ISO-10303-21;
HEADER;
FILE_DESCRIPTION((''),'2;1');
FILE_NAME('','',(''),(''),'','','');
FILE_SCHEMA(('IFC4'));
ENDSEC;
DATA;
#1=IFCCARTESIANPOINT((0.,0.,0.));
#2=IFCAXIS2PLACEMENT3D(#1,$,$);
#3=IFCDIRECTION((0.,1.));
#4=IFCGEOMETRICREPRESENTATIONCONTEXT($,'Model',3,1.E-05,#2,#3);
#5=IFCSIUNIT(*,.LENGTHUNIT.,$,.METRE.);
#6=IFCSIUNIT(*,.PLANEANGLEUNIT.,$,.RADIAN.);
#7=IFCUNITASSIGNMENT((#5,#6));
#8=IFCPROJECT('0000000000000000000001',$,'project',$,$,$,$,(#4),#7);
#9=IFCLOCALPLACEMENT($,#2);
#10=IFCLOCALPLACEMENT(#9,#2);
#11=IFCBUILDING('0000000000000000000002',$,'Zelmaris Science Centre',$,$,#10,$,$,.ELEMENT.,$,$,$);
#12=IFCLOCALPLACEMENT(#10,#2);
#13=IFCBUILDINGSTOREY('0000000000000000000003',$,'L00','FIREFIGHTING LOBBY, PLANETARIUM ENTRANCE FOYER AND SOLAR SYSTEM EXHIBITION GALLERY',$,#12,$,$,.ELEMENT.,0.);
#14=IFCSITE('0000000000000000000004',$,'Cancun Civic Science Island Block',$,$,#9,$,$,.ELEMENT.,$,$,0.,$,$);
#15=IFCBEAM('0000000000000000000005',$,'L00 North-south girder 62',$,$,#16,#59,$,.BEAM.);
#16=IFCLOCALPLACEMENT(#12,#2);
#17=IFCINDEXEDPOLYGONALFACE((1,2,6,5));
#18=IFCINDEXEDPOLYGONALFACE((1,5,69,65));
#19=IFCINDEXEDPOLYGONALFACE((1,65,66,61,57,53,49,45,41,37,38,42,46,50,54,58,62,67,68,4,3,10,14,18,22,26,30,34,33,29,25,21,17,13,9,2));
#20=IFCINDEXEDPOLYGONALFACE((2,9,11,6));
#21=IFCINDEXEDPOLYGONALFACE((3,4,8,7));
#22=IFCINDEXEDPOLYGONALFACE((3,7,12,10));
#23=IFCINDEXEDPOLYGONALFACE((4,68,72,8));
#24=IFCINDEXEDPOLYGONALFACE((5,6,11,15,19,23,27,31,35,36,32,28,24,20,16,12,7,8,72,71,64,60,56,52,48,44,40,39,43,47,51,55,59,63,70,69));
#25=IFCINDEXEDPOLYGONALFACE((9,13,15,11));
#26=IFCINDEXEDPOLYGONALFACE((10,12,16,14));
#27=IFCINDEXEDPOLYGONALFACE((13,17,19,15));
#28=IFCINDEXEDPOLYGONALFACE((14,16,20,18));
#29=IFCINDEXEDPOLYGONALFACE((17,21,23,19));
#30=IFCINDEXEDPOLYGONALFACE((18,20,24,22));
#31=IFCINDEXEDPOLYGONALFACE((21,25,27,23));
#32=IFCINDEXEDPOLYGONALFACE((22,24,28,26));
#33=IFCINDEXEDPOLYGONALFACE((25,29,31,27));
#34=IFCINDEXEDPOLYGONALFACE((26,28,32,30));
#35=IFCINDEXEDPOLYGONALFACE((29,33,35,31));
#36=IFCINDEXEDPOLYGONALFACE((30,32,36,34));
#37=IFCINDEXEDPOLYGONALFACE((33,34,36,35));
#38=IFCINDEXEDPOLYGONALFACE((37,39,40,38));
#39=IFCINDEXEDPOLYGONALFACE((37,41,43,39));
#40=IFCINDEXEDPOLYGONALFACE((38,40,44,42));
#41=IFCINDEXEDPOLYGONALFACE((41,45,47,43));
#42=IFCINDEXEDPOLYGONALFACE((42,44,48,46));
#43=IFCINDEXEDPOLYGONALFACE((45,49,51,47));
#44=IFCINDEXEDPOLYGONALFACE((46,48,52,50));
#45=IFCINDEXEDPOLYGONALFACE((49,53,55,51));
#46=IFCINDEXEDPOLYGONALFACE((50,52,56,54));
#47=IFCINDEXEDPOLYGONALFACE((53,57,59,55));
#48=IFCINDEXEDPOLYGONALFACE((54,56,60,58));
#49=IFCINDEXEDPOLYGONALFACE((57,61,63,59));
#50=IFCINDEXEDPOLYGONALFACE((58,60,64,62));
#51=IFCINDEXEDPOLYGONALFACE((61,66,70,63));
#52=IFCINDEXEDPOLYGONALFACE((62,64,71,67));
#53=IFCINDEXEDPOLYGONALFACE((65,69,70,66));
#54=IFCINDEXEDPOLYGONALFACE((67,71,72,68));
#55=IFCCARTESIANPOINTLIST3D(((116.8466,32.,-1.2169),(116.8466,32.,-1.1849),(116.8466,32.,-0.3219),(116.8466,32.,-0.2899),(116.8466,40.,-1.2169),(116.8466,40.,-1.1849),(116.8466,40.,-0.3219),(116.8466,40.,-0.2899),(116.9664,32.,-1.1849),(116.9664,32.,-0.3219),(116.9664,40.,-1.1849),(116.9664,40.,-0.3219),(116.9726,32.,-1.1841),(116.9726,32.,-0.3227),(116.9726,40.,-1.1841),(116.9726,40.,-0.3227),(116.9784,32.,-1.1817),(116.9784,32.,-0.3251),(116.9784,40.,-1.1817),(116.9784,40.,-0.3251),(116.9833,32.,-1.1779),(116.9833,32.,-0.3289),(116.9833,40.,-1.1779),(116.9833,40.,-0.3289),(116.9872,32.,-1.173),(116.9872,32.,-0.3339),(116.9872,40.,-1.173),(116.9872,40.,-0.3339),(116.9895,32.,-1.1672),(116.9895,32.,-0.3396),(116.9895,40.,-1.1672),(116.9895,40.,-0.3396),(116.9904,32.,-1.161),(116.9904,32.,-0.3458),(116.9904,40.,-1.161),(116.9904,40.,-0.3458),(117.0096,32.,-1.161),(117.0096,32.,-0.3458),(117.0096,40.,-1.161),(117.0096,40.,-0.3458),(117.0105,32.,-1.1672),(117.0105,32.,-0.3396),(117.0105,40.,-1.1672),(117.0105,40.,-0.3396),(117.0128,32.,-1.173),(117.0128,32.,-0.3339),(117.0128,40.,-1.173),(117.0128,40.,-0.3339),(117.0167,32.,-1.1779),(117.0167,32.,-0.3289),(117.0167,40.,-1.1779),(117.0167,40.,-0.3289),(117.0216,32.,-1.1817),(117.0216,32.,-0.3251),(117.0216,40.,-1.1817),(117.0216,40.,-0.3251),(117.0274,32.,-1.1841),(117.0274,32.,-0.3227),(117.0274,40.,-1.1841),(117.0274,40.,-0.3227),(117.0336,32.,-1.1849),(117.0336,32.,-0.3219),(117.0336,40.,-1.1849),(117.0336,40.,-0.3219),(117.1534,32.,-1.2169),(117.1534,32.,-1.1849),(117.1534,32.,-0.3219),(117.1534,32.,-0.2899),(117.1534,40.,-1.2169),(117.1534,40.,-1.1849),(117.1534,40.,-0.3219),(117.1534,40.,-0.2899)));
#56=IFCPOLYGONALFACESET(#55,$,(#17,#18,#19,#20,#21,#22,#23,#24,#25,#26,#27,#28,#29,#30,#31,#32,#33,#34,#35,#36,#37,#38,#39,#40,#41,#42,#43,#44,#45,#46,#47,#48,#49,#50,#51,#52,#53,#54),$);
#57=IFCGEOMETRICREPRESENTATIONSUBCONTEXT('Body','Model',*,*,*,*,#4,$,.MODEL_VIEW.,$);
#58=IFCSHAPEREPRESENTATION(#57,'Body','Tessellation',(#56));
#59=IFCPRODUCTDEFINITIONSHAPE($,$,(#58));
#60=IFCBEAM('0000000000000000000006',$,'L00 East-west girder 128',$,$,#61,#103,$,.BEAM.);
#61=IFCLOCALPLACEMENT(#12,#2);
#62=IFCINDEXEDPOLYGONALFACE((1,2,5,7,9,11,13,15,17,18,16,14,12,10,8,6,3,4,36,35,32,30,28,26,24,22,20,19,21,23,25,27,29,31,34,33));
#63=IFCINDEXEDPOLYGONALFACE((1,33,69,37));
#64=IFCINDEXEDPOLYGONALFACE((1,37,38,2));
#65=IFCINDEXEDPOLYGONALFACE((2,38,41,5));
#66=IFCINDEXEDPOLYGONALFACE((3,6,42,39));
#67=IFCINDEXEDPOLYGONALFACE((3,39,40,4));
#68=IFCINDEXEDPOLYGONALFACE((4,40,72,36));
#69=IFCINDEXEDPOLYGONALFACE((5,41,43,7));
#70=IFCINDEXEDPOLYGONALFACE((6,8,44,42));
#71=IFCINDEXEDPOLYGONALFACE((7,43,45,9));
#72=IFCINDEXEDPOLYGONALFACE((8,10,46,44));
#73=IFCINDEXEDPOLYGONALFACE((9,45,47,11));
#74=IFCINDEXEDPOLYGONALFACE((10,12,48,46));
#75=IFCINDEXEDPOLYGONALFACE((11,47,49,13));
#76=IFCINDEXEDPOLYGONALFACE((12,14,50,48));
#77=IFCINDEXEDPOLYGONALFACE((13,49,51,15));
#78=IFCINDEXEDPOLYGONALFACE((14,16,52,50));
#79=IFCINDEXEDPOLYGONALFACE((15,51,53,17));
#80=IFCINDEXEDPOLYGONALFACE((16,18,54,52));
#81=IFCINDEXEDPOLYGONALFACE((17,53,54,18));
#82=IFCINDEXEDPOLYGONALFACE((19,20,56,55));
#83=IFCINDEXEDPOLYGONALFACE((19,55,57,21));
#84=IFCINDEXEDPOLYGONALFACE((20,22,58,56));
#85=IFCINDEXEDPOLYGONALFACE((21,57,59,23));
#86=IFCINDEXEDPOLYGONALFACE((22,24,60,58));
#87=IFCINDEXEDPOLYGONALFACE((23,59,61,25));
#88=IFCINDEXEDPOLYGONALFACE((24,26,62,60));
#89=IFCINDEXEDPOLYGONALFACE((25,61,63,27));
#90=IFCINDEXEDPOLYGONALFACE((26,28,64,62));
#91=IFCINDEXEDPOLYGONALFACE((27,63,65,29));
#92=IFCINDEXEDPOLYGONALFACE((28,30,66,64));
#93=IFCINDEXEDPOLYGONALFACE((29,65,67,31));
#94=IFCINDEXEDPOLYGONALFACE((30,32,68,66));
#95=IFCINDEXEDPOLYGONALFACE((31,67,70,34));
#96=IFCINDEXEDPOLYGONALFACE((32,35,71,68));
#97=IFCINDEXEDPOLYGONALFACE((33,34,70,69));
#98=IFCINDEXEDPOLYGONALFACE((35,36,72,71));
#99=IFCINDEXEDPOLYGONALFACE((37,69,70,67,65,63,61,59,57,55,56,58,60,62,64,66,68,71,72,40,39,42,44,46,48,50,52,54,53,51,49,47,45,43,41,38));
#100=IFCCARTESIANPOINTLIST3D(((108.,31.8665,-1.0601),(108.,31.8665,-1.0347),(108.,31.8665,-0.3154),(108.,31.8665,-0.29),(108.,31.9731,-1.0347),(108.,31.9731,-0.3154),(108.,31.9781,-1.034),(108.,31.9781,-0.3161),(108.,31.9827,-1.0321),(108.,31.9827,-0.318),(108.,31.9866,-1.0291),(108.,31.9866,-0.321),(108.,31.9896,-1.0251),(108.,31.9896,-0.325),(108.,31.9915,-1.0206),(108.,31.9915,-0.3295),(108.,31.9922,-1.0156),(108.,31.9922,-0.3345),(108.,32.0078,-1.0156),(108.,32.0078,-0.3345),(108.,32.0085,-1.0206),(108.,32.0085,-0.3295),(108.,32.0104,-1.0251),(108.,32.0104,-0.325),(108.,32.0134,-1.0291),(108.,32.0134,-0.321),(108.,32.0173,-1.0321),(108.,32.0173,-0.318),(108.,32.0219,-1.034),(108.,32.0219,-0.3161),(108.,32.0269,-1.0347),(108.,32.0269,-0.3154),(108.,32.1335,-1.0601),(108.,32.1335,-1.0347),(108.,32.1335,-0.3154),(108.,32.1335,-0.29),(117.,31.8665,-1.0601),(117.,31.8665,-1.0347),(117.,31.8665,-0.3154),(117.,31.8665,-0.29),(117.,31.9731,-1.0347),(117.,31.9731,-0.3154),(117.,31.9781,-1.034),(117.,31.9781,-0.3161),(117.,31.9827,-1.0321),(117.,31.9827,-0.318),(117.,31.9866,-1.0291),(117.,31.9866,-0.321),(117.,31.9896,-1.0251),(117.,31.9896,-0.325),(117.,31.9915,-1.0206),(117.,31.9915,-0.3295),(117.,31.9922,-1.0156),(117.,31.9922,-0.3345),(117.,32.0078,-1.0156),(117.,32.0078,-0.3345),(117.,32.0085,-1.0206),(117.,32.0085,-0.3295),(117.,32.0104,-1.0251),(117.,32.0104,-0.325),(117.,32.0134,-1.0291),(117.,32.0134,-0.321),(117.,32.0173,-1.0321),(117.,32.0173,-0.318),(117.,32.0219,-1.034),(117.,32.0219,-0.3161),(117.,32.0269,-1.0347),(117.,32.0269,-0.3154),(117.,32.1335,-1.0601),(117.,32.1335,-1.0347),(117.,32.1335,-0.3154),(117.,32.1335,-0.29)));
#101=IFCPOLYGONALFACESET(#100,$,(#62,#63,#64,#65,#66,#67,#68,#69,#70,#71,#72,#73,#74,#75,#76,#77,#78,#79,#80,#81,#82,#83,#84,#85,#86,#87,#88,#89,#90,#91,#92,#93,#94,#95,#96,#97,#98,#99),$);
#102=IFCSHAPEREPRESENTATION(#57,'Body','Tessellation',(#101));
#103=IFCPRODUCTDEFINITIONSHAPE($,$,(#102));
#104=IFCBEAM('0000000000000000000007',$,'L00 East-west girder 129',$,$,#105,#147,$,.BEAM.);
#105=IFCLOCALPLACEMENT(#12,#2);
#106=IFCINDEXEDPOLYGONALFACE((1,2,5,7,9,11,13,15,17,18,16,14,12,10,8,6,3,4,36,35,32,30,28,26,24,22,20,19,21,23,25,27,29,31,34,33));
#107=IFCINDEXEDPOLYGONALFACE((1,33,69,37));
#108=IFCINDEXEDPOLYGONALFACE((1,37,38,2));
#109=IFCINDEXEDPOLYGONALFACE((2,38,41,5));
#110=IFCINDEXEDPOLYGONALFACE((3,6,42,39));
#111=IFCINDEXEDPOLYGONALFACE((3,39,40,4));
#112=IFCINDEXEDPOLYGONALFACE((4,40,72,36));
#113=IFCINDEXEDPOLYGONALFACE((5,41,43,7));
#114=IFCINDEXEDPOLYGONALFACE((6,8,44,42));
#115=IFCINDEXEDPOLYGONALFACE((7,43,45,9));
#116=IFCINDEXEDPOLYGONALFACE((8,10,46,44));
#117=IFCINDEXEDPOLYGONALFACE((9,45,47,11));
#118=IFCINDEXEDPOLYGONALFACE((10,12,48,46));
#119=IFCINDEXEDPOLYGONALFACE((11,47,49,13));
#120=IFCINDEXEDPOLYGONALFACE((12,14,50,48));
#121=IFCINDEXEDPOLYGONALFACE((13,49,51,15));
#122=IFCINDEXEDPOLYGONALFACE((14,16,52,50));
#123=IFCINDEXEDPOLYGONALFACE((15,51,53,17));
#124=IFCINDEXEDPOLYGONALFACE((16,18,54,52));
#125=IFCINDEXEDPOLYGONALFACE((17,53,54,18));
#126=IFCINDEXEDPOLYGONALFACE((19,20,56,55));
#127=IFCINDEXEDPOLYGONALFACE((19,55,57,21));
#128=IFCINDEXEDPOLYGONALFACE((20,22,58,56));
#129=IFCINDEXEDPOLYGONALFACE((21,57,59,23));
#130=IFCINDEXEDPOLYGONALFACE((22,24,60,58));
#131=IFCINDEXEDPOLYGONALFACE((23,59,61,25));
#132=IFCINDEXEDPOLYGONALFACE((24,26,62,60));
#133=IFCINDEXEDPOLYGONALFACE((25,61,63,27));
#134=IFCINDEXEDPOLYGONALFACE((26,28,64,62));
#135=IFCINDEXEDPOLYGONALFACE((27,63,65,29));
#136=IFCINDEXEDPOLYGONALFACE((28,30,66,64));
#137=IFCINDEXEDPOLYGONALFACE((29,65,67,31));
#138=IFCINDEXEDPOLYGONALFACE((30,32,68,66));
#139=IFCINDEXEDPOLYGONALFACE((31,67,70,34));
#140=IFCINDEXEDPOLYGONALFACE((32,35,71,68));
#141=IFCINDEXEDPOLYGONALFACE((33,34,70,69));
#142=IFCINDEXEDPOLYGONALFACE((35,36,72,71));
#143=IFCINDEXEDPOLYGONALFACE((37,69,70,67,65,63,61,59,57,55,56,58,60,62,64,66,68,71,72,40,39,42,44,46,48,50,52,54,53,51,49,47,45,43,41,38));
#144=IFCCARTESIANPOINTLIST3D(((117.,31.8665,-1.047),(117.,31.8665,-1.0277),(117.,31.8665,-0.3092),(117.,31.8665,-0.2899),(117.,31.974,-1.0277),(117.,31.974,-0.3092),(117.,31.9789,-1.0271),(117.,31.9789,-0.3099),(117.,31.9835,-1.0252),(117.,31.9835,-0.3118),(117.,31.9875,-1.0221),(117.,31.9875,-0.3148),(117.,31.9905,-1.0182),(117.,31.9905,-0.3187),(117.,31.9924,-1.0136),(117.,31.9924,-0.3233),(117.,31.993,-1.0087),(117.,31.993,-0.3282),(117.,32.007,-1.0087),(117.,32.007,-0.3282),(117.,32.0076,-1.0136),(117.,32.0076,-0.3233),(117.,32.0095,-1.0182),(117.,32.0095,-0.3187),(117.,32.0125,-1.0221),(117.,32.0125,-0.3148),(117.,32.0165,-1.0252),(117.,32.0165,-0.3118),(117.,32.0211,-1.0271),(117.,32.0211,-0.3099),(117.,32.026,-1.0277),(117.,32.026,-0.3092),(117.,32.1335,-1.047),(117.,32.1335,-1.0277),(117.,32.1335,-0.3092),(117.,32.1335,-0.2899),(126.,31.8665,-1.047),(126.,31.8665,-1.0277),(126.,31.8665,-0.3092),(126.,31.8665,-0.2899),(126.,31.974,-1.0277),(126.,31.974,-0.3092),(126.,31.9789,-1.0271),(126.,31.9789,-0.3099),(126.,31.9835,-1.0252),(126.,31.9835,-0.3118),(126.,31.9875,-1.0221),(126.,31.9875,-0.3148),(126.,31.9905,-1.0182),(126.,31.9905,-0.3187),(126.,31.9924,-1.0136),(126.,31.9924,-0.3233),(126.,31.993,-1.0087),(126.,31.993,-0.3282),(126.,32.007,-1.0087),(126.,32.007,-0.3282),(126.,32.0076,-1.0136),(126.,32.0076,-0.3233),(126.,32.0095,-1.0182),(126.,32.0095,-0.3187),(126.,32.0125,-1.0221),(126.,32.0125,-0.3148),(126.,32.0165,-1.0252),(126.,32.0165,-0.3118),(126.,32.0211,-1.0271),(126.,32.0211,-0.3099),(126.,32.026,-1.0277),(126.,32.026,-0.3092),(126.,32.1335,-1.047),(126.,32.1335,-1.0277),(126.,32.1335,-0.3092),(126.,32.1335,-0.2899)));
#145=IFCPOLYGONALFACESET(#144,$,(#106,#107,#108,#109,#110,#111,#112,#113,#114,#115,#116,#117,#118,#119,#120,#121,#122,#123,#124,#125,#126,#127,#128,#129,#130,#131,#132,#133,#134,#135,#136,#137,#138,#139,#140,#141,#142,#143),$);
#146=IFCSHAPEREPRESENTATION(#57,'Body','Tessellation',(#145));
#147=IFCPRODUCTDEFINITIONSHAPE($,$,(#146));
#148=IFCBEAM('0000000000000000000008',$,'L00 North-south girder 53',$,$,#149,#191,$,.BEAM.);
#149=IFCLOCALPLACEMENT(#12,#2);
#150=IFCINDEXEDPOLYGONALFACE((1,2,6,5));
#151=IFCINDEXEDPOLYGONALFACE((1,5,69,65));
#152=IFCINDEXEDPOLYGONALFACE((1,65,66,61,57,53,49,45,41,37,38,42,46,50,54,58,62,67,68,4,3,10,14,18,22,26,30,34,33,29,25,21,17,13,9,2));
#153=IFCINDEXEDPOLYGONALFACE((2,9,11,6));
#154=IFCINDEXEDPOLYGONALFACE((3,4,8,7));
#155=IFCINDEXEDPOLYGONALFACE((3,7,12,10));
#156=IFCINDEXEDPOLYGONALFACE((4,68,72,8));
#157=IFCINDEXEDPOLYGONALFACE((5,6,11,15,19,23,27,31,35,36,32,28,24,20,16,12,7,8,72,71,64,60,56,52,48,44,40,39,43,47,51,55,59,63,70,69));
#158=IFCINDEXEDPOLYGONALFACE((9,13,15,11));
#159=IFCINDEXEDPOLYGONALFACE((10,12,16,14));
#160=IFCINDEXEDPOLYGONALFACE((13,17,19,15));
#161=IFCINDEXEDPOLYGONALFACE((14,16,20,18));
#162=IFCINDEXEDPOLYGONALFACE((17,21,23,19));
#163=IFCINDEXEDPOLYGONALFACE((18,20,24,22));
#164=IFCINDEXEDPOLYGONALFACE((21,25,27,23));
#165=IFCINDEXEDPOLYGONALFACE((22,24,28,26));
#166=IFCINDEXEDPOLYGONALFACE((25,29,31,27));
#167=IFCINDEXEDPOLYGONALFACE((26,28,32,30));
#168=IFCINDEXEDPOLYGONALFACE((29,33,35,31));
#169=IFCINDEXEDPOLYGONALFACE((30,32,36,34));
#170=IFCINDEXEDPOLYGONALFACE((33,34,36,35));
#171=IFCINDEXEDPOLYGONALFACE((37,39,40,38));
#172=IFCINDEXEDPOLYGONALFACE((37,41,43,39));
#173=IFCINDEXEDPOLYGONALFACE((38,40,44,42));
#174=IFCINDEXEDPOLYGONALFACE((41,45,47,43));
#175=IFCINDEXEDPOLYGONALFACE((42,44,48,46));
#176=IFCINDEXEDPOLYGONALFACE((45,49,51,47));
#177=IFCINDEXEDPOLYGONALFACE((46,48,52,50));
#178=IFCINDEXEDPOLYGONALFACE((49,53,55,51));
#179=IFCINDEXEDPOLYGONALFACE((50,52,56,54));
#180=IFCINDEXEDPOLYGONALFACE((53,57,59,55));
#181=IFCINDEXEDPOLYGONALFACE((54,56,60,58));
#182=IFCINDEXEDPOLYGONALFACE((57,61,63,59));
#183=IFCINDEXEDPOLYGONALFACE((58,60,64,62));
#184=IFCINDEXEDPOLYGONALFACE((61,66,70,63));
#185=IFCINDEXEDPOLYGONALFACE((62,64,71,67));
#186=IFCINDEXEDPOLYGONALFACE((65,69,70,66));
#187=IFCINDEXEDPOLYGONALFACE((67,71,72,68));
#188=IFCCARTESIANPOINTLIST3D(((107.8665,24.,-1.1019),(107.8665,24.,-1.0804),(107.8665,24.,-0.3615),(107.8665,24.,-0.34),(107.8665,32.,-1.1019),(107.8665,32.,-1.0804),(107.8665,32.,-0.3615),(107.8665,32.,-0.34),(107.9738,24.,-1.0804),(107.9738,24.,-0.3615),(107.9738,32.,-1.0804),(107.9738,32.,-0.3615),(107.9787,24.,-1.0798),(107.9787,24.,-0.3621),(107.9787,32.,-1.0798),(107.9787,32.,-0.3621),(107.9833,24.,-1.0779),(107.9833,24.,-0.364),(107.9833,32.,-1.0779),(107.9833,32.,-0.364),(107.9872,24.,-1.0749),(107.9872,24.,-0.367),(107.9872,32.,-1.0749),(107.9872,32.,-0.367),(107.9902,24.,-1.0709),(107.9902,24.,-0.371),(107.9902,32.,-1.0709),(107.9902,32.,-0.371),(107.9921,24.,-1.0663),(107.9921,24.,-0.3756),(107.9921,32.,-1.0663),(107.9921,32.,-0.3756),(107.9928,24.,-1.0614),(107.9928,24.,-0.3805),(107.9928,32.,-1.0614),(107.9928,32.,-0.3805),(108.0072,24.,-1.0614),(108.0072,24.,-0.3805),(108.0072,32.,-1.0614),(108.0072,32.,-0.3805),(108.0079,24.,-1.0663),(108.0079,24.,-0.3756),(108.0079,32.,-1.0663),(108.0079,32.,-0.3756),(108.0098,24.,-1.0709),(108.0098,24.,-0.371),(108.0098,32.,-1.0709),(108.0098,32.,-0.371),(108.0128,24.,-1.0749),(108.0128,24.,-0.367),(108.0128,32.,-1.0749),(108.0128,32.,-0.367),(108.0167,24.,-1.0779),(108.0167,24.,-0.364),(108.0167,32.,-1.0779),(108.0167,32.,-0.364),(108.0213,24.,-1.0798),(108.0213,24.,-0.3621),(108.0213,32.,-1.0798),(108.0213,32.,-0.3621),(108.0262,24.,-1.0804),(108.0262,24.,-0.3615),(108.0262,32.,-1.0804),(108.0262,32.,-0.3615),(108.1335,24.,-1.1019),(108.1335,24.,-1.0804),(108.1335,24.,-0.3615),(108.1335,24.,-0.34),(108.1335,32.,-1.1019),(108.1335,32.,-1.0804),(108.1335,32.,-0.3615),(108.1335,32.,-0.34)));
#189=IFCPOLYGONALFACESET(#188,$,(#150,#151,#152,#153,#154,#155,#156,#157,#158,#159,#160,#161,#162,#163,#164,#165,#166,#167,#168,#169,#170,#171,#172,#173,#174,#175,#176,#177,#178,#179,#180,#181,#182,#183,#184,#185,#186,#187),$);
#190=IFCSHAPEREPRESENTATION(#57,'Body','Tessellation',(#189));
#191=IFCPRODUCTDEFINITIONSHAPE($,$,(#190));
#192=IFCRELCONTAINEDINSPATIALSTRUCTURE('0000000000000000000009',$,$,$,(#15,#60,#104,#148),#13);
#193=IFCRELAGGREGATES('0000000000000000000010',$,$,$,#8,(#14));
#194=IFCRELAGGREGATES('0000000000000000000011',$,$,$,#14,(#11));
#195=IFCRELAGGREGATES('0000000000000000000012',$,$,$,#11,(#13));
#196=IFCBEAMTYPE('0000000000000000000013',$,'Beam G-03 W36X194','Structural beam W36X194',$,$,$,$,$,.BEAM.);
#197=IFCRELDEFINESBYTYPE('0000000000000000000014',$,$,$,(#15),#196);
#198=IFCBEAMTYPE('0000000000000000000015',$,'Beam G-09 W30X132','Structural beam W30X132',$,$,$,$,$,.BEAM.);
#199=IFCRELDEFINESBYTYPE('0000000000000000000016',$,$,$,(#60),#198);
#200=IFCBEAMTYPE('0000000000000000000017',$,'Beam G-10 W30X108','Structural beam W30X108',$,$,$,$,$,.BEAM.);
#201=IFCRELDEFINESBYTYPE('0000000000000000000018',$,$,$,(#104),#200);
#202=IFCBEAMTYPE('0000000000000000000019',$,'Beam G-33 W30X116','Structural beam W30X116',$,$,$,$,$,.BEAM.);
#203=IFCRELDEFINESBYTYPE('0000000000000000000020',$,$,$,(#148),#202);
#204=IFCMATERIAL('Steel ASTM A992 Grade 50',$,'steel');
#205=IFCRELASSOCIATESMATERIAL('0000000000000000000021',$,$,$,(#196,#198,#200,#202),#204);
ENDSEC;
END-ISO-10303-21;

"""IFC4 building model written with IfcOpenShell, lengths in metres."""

from ifc_helpers import new_model, si_unit, direction, frame, origin, origin_2d, place, context, subcontext, project, spatial, i_section, extrude, material, material_profile, profile_set, type_object, element, save


model = new_model("IFC4")

# Units and contexts
model_context = context("Model", 3, precision=1e-05, world=origin(), true_north=direction((0.0, 1.0)))
body_context = subcontext(model_context, "Body", "Model", "MODEL_VIEW")
ifc_project = project(units=[si_unit("LENGTHUNIT", "METRE"), si_unit("PLANEANGLEUNIT", "RADIAN")], contexts=[model_context])

# Site, building, storey
site_placement = place(None, origin())
site = spatial("IfcSite", under=ifc_project, at=site_placement, Name="Cancun Civic Science Island Block", CompositionType="ELEMENT", RefElevation=0.0)
building_placement = place(site_placement, origin())
building = spatial("IfcBuilding", under=site, at=building_placement, Name="Zelmaris Science Centre", CompositionType="ELEMENT")
storey_placement = place(building_placement, origin())
storey = spatial("IfcBuildingStorey", under=building, at=storey_placement, Name="L00", Description="FIREFIGHTING LOBBY, PLANETARIUM ENTRANCE FOYER AND SOLAR SYSTEM EXHIBITION GALLERY", CompositionType="ELEMENT", Elevation=0.0)

# Shared definitions
ifc_material_1 = material(Name="Steel ASTM A992 Grade 50", Category="steel")

# Beams
ifc_material_profile_1 = material_profile(ifc_material_1, i_section(OverallWidth=0.3069, OverallDepth=0.927, WebThickness=0.0193, FlangeThickness=0.032, FilletRadius=0.0239, at=origin_2d()), Name="W36X194")
ifc_profile_set_1 = profile_set([ifc_material_profile_1], Name="Steel ASTM A992 Grade 50")
beam_type_1 = type_object("IfcBeamType", Name="Beam G-03 W36X194", Description="Structural beam W36X194", PredefinedType="BEAM", material=ifc_profile_set_1)
beam_1_placement = place(storey_placement, frame((117.0, 32.0, -0.7534), z_axis=(0.0, 1.0, 0.0), x_axis=(-1.0, 0.0, 0.0)))
element("IfcBeam", 1, at=beam_1_placement, inside=storey, type_object=beam_type_1, Name="L00 North-south girder 62", PredefinedType="BEAM", context=body_context, shape_type="SweptSolid", body=[
    extrude(i_section(OverallWidth=0.3069, OverallDepth=0.927, WebThickness=0.0193, FlangeThickness=0.032, FilletRadius=0.0239, at=origin_2d()), origin(), (0.0, 0.0, 1.0), 8.0),
])
ifc_material_profile_2 = material_profile(ifc_material_1, i_section(OverallWidth=0.2671, OverallDepth=0.77, WebThickness=0.0156, FlangeThickness=0.0254, FilletRadius=0.019, at=origin_2d()), Name="W30X132")
ifc_profile_set_2 = profile_set([ifc_material_profile_2], Name="Steel ASTM A992 Grade 50")
beam_type_2 = type_object("IfcBeamType", Name="Beam G-09 W30X132", Description="Structural beam W30X132", PredefinedType="BEAM", material=ifc_profile_set_2)
beam_2_placement = place(storey_placement, frame((108.0, 32.0, -0.675), z_axis=(1.0, 0.0, 0.0), x_axis=(0.0, 1.0, 0.0)))
element("IfcBeam", 2, at=beam_2_placement, inside=storey, type_object=beam_type_2, Name="L00 East-west girder 128", PredefinedType="BEAM", context=body_context, shape_type="SweptSolid", body=[
    extrude(i_section(OverallWidth=0.2671, OverallDepth=0.77, WebThickness=0.0156, FlangeThickness=0.0254, FilletRadius=0.019, at=origin_2d()), origin(), (0.0, 0.0, 1.0), 9.0),
])
ifc_material_profile_3 = material_profile(ifc_material_1, i_section(OverallWidth=0.2671, OverallDepth=0.7571, WebThickness=0.0139, FlangeThickness=0.0193, FilletRadius=0.019, at=origin_2d()), Name="W30X108")
ifc_profile_set_3 = profile_set([ifc_material_profile_3], Name="Steel ASTM A992 Grade 50")
beam_type_3 = type_object("IfcBeamType", Name="Beam G-10 W30X108", Description="Structural beam W30X108", PredefinedType="BEAM", material=ifc_profile_set_3)
beam_3_placement = place(storey_placement, frame((117.0, 32.0, -0.6685), z_axis=(1.0, 0.0, 0.0), x_axis=(0.0, 1.0, 0.0)))
element("IfcBeam", 3, at=beam_3_placement, inside=storey, type_object=beam_type_3, Name="L00 East-west girder 129", PredefinedType="BEAM", context=body_context, shape_type="SweptSolid", body=[
    extrude(i_section(OverallWidth=0.2671, OverallDepth=0.7571, WebThickness=0.0139, FlangeThickness=0.0193, FilletRadius=0.019, at=origin_2d()), origin(), (0.0, 0.0, 1.0), 9.0),
])
ifc_material_profile_4 = material_profile(ifc_material_1, i_section(OverallWidth=0.2671, OverallDepth=0.762, WebThickness=0.0144, FlangeThickness=0.0215, FilletRadius=0.019, at=origin_2d()), Name="W30X116")
ifc_profile_set_4 = profile_set([ifc_material_profile_4], Name="Steel ASTM A992 Grade 50")
beam_type_4 = type_object("IfcBeamType", Name="Beam G-33 W30X116", Description="Structural beam W30X116", PredefinedType="BEAM", material=ifc_profile_set_4)
beam_4_placement = place(storey_placement, frame((108.0, 24.0, -0.7209), z_axis=(0.0, 1.0, 0.0), x_axis=(-1.0, 0.0, 0.0)))
element("IfcBeam", 4, at=beam_4_placement, inside=storey, type_object=beam_type_4, Name="L00 North-south girder 53", PredefinedType="BEAM", context=body_context, shape_type="SweptSolid", body=[
    extrude(i_section(OverallWidth=0.2671, OverallDepth=0.762, WebThickness=0.0144, FlangeThickness=0.0215, FilletRadius=0.019, at=origin_2d()), origin(), (0.0, 0.0, 1.0), 8.0),
])

save(model, "model.ifc")
